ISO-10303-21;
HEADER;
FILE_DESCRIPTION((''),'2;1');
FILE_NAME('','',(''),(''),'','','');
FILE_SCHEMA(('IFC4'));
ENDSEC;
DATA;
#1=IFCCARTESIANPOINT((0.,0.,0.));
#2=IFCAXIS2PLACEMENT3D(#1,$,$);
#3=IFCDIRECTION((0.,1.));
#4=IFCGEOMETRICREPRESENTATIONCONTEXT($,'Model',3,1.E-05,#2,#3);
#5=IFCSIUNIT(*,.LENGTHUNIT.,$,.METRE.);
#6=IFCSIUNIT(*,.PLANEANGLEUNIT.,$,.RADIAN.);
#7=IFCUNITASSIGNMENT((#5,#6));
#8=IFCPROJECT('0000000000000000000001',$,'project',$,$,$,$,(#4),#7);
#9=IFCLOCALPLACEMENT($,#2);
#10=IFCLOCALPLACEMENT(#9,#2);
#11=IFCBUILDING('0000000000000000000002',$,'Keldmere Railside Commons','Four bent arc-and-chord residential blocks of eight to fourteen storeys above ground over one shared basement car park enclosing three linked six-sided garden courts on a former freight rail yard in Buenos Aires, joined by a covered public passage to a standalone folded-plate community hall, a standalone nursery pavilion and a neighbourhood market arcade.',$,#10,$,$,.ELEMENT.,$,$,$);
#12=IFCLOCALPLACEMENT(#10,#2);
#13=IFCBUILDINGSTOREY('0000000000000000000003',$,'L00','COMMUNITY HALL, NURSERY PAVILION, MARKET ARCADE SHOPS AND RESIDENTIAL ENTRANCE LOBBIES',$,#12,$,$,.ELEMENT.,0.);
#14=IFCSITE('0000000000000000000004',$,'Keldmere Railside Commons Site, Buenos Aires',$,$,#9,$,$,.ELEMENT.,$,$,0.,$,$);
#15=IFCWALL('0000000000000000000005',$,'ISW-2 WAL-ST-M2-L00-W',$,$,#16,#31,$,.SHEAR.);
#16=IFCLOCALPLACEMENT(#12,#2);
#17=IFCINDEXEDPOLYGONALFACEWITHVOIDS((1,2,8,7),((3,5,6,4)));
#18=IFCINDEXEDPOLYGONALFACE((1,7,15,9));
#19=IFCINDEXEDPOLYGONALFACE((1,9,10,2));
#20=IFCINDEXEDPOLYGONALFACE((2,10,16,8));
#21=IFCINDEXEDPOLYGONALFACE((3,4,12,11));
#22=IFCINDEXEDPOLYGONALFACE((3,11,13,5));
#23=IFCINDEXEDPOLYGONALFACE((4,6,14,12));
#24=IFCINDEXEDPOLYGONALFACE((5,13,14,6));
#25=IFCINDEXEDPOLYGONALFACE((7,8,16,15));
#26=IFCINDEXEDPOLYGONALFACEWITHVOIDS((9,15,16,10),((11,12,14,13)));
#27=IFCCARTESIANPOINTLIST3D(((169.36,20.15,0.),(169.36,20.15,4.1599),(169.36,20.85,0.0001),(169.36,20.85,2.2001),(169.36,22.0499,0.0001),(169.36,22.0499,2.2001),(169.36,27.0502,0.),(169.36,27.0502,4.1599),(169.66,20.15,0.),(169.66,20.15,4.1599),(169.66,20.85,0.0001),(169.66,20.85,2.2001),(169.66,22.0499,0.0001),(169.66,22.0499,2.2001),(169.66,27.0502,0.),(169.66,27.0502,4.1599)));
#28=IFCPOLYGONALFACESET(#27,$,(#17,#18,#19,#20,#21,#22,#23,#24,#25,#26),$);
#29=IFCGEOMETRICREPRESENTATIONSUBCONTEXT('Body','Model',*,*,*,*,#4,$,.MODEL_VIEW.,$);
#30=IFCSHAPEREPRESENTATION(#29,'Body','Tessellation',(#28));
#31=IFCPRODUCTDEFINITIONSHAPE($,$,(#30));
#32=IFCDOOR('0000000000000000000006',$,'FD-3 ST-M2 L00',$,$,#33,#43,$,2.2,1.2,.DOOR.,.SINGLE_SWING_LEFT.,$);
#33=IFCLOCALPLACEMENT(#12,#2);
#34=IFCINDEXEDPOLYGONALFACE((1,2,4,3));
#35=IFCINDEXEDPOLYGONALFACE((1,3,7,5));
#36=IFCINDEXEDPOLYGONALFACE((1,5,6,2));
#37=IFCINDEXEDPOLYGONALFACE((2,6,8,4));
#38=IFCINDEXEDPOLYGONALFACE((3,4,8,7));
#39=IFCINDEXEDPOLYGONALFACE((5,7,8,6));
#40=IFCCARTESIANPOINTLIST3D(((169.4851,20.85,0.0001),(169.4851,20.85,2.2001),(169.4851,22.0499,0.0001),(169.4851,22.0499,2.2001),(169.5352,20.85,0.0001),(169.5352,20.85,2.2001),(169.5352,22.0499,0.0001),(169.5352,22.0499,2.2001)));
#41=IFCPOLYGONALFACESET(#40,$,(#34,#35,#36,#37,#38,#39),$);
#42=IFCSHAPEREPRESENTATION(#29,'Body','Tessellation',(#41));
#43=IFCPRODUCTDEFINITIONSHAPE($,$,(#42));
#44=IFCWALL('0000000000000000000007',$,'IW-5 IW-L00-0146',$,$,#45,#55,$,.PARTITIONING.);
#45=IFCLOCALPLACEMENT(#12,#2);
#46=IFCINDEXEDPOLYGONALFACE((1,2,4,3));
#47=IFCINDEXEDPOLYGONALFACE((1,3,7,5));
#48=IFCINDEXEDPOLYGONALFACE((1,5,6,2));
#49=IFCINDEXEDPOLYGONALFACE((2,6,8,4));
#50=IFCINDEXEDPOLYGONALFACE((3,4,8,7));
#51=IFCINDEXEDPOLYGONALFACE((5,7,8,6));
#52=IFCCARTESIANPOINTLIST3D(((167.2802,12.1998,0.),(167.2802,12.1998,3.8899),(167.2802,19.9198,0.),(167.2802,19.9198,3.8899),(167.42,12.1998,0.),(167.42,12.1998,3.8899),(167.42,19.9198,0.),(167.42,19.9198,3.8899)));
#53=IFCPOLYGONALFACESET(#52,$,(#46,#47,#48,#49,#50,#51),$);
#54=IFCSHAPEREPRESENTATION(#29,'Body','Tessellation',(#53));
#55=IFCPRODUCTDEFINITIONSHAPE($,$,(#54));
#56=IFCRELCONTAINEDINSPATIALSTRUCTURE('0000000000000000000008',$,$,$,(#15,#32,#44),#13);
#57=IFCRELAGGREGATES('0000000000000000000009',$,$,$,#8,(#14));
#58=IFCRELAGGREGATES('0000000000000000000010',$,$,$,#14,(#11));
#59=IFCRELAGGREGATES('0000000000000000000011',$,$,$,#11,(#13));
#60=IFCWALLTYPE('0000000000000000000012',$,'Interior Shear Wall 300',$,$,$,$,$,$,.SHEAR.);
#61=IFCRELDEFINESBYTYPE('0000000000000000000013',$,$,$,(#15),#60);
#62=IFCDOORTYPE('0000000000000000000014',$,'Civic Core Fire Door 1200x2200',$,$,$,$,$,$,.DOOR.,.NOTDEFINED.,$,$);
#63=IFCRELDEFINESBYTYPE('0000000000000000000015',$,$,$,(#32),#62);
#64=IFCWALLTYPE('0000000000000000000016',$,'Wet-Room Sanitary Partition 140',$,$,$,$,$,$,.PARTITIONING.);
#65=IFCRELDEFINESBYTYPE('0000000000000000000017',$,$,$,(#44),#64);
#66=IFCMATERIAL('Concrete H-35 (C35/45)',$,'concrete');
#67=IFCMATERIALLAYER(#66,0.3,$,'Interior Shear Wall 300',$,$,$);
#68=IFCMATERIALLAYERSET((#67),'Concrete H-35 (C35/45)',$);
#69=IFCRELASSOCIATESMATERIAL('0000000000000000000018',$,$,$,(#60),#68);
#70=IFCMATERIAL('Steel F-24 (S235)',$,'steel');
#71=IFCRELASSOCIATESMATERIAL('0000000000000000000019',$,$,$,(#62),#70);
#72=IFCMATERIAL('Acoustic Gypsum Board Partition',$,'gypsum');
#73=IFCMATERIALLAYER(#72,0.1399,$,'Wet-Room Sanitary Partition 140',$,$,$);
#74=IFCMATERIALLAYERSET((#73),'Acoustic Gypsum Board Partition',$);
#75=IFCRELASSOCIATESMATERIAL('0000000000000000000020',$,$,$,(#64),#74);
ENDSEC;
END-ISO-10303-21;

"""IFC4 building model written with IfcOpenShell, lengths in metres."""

from ifc_helpers import new_model, si_unit, direction, frame, frame_2d, origin, place, context, subcontext, project, spatial, rectangle, extrude, material, layer, layer_set, type_object, element, fill, save


model = new_model("IFC4")

# Units and contexts
model_context = context("Model", 3, precision=1e-05, world=origin(), true_north=direction((0.0, 1.0)))
body_context = subcontext(model_context, "Body", "Model", "MODEL_VIEW")
ifc_project = project(units=[si_unit("LENGTHUNIT", "METRE"), si_unit("PLANEANGLEUNIT", "RADIAN")], contexts=[model_context])

# Site, building, storey
site_placement = place(None, origin())
site = spatial("IfcSite", under=ifc_project, at=site_placement, Name="Keldmere Railside Commons Site, Buenos Aires", CompositionType="ELEMENT", RefElevation=0.0)
building_placement = place(site_placement, origin())
building = spatial("IfcBuilding", under=site, at=building_placement, Name="Keldmere Railside Commons", Description="Four bent arc-and-chord residential blocks of eight to fourteen storeys above ground over one shared basement car park enclosing three linked six-sided garden courts on a former freight rail yard in Buenos Aires, joined by a covered public passage to a standalone folded-plate community hall, a standalone nursery pavilion and a neighbourhood market arcade.", CompositionType="ELEMENT")
storey_placement = place(building_placement, origin())
storey = spatial("IfcBuildingStorey", under=building, at=storey_placement, Name="L00", Description="COMMUNITY HALL, NURSERY PAVILION, MARKET ARCADE SHOPS AND RESIDENTIAL ENTRANCE LOBBIES", CompositionType="ELEMENT", Elevation=0.0)

# Shared definitions
ifc_material_1 = material(Name="Concrete H-35 (C35/45)", Category="concrete")

# Shared definitions
ifc_material_2 = material(Name="Acoustic Gypsum Board Partition", Category="gypsum")

# Wall, opening, door
ifc_material_3 = material(Name="Steel F-24 (S235)", Category="steel")
ifc_layer_1 = layer(ifc_material_1, 0.3, Name="Interior Shear Wall 300")
ifc_layer_set_1 = layer_set([ifc_layer_1], Name="Concrete H-35 (C35/45)")
wall_type_1 = type_object("IfcWallType", Name="Interior Shear Wall 300", PredefinedType="SHEAR", material=ifc_layer_set_1)
wall_1_placement = place(storey_placement, frame((169.51, 20.1499, 0.0), z_axis=(0.0, 0.0, 1.0), x_axis=(0.0, 1.0, 0.0)))
wall_1 = element("IfcWall", 1, at=wall_1_placement, inside=storey, type_object=wall_type_1, Name="ISW-2 WAL-ST-M2-L00-W", PredefinedType="SHEAR", context=body_context, shape_type="SweptSolid", body=[
    extrude(rectangle(XDim=6.9001, YDim=0.3, at=frame_2d((3.4502, 0.0))), origin(), (0.0, 0.0, 1.0), 4.1599),
])
opening_1_placement = place(wall_1_placement, frame((0.7, 0.0, 0.0)))
opening_1 = element("IfcOpeningElement", 2, at=opening_1_placement, cuts=wall_1, PredefinedType="OPENING", context=body_context, shape_type="SweptSolid", body=[
    extrude(rectangle(XDim=1.2, YDim=2.2, at=frame_2d((0.6001, 1.1001))), frame((0.0, 0.1599, 0.0), z_axis=(0.0, -1.0, 0.0), x_axis=(1.0, 0.0, 0.0)), (0.0, 0.0, 1.0), 0.3201),
])
door_type_1 = type_object("IfcDoorType", Name="Civic Core Fire Door 1200x2200", OperationType="NOTDEFINED", PredefinedType="DOOR", material=ifc_material_3)
door_1_placement = place(opening_1_placement, origin())
door_1 = element("IfcDoor", 3, at=door_1_placement, inside=storey, type_object=door_type_1, Name="FD-3 ST-M2 L00", OperationType="SINGLE_SWING_LEFT", OverallHeight=2.2, OverallWidth=1.2, PredefinedType="DOOR", context=body_context, shape_type="SweptSolid", body=[
    extrude(rectangle(XDim=1.2, YDim=2.2, at=frame_2d((0.6001, 1.1001))), frame((0.0, 0.0249, 0.0), z_axis=(0.0, -1.0, 0.0), x_axis=(1.0, 0.0, 0.0)), (0.0, 0.0, 1.0), 0.05),
])
fill(opening_1, door_1)

# Wall
ifc_layer_2 = layer(ifc_material_2, 0.1399, Name="Wet-Room Sanitary Partition 140")
ifc_layer_set_2 = layer_set([ifc_layer_2], Name="Acoustic Gypsum Board Partition")
wall_type_2 = type_object("IfcWallType", Name="Wet-Room Sanitary Partition 140", PredefinedType="PARTITIONING", material=ifc_layer_set_2)
wall_2_placement = place(storey_placement, frame((167.3501, 12.2, 0.0), z_axis=(0.0, 0.0, 1.0), x_axis=(0.0, 1.0, 0.0)))
element("IfcWall", 4, at=wall_2_placement, inside=storey, type_object=wall_type_2, Name="IW-5 IW-L00-0146", PredefinedType="PARTITIONING", context=body_context, shape_type="SweptSolid", body=[
    extrude(rectangle(XDim=7.72, YDim=0.1399, at=frame_2d((3.8599, 0.0))), origin(), (0.0, 0.0, 1.0), 3.8899),
])

save(model, "model.ifc")
